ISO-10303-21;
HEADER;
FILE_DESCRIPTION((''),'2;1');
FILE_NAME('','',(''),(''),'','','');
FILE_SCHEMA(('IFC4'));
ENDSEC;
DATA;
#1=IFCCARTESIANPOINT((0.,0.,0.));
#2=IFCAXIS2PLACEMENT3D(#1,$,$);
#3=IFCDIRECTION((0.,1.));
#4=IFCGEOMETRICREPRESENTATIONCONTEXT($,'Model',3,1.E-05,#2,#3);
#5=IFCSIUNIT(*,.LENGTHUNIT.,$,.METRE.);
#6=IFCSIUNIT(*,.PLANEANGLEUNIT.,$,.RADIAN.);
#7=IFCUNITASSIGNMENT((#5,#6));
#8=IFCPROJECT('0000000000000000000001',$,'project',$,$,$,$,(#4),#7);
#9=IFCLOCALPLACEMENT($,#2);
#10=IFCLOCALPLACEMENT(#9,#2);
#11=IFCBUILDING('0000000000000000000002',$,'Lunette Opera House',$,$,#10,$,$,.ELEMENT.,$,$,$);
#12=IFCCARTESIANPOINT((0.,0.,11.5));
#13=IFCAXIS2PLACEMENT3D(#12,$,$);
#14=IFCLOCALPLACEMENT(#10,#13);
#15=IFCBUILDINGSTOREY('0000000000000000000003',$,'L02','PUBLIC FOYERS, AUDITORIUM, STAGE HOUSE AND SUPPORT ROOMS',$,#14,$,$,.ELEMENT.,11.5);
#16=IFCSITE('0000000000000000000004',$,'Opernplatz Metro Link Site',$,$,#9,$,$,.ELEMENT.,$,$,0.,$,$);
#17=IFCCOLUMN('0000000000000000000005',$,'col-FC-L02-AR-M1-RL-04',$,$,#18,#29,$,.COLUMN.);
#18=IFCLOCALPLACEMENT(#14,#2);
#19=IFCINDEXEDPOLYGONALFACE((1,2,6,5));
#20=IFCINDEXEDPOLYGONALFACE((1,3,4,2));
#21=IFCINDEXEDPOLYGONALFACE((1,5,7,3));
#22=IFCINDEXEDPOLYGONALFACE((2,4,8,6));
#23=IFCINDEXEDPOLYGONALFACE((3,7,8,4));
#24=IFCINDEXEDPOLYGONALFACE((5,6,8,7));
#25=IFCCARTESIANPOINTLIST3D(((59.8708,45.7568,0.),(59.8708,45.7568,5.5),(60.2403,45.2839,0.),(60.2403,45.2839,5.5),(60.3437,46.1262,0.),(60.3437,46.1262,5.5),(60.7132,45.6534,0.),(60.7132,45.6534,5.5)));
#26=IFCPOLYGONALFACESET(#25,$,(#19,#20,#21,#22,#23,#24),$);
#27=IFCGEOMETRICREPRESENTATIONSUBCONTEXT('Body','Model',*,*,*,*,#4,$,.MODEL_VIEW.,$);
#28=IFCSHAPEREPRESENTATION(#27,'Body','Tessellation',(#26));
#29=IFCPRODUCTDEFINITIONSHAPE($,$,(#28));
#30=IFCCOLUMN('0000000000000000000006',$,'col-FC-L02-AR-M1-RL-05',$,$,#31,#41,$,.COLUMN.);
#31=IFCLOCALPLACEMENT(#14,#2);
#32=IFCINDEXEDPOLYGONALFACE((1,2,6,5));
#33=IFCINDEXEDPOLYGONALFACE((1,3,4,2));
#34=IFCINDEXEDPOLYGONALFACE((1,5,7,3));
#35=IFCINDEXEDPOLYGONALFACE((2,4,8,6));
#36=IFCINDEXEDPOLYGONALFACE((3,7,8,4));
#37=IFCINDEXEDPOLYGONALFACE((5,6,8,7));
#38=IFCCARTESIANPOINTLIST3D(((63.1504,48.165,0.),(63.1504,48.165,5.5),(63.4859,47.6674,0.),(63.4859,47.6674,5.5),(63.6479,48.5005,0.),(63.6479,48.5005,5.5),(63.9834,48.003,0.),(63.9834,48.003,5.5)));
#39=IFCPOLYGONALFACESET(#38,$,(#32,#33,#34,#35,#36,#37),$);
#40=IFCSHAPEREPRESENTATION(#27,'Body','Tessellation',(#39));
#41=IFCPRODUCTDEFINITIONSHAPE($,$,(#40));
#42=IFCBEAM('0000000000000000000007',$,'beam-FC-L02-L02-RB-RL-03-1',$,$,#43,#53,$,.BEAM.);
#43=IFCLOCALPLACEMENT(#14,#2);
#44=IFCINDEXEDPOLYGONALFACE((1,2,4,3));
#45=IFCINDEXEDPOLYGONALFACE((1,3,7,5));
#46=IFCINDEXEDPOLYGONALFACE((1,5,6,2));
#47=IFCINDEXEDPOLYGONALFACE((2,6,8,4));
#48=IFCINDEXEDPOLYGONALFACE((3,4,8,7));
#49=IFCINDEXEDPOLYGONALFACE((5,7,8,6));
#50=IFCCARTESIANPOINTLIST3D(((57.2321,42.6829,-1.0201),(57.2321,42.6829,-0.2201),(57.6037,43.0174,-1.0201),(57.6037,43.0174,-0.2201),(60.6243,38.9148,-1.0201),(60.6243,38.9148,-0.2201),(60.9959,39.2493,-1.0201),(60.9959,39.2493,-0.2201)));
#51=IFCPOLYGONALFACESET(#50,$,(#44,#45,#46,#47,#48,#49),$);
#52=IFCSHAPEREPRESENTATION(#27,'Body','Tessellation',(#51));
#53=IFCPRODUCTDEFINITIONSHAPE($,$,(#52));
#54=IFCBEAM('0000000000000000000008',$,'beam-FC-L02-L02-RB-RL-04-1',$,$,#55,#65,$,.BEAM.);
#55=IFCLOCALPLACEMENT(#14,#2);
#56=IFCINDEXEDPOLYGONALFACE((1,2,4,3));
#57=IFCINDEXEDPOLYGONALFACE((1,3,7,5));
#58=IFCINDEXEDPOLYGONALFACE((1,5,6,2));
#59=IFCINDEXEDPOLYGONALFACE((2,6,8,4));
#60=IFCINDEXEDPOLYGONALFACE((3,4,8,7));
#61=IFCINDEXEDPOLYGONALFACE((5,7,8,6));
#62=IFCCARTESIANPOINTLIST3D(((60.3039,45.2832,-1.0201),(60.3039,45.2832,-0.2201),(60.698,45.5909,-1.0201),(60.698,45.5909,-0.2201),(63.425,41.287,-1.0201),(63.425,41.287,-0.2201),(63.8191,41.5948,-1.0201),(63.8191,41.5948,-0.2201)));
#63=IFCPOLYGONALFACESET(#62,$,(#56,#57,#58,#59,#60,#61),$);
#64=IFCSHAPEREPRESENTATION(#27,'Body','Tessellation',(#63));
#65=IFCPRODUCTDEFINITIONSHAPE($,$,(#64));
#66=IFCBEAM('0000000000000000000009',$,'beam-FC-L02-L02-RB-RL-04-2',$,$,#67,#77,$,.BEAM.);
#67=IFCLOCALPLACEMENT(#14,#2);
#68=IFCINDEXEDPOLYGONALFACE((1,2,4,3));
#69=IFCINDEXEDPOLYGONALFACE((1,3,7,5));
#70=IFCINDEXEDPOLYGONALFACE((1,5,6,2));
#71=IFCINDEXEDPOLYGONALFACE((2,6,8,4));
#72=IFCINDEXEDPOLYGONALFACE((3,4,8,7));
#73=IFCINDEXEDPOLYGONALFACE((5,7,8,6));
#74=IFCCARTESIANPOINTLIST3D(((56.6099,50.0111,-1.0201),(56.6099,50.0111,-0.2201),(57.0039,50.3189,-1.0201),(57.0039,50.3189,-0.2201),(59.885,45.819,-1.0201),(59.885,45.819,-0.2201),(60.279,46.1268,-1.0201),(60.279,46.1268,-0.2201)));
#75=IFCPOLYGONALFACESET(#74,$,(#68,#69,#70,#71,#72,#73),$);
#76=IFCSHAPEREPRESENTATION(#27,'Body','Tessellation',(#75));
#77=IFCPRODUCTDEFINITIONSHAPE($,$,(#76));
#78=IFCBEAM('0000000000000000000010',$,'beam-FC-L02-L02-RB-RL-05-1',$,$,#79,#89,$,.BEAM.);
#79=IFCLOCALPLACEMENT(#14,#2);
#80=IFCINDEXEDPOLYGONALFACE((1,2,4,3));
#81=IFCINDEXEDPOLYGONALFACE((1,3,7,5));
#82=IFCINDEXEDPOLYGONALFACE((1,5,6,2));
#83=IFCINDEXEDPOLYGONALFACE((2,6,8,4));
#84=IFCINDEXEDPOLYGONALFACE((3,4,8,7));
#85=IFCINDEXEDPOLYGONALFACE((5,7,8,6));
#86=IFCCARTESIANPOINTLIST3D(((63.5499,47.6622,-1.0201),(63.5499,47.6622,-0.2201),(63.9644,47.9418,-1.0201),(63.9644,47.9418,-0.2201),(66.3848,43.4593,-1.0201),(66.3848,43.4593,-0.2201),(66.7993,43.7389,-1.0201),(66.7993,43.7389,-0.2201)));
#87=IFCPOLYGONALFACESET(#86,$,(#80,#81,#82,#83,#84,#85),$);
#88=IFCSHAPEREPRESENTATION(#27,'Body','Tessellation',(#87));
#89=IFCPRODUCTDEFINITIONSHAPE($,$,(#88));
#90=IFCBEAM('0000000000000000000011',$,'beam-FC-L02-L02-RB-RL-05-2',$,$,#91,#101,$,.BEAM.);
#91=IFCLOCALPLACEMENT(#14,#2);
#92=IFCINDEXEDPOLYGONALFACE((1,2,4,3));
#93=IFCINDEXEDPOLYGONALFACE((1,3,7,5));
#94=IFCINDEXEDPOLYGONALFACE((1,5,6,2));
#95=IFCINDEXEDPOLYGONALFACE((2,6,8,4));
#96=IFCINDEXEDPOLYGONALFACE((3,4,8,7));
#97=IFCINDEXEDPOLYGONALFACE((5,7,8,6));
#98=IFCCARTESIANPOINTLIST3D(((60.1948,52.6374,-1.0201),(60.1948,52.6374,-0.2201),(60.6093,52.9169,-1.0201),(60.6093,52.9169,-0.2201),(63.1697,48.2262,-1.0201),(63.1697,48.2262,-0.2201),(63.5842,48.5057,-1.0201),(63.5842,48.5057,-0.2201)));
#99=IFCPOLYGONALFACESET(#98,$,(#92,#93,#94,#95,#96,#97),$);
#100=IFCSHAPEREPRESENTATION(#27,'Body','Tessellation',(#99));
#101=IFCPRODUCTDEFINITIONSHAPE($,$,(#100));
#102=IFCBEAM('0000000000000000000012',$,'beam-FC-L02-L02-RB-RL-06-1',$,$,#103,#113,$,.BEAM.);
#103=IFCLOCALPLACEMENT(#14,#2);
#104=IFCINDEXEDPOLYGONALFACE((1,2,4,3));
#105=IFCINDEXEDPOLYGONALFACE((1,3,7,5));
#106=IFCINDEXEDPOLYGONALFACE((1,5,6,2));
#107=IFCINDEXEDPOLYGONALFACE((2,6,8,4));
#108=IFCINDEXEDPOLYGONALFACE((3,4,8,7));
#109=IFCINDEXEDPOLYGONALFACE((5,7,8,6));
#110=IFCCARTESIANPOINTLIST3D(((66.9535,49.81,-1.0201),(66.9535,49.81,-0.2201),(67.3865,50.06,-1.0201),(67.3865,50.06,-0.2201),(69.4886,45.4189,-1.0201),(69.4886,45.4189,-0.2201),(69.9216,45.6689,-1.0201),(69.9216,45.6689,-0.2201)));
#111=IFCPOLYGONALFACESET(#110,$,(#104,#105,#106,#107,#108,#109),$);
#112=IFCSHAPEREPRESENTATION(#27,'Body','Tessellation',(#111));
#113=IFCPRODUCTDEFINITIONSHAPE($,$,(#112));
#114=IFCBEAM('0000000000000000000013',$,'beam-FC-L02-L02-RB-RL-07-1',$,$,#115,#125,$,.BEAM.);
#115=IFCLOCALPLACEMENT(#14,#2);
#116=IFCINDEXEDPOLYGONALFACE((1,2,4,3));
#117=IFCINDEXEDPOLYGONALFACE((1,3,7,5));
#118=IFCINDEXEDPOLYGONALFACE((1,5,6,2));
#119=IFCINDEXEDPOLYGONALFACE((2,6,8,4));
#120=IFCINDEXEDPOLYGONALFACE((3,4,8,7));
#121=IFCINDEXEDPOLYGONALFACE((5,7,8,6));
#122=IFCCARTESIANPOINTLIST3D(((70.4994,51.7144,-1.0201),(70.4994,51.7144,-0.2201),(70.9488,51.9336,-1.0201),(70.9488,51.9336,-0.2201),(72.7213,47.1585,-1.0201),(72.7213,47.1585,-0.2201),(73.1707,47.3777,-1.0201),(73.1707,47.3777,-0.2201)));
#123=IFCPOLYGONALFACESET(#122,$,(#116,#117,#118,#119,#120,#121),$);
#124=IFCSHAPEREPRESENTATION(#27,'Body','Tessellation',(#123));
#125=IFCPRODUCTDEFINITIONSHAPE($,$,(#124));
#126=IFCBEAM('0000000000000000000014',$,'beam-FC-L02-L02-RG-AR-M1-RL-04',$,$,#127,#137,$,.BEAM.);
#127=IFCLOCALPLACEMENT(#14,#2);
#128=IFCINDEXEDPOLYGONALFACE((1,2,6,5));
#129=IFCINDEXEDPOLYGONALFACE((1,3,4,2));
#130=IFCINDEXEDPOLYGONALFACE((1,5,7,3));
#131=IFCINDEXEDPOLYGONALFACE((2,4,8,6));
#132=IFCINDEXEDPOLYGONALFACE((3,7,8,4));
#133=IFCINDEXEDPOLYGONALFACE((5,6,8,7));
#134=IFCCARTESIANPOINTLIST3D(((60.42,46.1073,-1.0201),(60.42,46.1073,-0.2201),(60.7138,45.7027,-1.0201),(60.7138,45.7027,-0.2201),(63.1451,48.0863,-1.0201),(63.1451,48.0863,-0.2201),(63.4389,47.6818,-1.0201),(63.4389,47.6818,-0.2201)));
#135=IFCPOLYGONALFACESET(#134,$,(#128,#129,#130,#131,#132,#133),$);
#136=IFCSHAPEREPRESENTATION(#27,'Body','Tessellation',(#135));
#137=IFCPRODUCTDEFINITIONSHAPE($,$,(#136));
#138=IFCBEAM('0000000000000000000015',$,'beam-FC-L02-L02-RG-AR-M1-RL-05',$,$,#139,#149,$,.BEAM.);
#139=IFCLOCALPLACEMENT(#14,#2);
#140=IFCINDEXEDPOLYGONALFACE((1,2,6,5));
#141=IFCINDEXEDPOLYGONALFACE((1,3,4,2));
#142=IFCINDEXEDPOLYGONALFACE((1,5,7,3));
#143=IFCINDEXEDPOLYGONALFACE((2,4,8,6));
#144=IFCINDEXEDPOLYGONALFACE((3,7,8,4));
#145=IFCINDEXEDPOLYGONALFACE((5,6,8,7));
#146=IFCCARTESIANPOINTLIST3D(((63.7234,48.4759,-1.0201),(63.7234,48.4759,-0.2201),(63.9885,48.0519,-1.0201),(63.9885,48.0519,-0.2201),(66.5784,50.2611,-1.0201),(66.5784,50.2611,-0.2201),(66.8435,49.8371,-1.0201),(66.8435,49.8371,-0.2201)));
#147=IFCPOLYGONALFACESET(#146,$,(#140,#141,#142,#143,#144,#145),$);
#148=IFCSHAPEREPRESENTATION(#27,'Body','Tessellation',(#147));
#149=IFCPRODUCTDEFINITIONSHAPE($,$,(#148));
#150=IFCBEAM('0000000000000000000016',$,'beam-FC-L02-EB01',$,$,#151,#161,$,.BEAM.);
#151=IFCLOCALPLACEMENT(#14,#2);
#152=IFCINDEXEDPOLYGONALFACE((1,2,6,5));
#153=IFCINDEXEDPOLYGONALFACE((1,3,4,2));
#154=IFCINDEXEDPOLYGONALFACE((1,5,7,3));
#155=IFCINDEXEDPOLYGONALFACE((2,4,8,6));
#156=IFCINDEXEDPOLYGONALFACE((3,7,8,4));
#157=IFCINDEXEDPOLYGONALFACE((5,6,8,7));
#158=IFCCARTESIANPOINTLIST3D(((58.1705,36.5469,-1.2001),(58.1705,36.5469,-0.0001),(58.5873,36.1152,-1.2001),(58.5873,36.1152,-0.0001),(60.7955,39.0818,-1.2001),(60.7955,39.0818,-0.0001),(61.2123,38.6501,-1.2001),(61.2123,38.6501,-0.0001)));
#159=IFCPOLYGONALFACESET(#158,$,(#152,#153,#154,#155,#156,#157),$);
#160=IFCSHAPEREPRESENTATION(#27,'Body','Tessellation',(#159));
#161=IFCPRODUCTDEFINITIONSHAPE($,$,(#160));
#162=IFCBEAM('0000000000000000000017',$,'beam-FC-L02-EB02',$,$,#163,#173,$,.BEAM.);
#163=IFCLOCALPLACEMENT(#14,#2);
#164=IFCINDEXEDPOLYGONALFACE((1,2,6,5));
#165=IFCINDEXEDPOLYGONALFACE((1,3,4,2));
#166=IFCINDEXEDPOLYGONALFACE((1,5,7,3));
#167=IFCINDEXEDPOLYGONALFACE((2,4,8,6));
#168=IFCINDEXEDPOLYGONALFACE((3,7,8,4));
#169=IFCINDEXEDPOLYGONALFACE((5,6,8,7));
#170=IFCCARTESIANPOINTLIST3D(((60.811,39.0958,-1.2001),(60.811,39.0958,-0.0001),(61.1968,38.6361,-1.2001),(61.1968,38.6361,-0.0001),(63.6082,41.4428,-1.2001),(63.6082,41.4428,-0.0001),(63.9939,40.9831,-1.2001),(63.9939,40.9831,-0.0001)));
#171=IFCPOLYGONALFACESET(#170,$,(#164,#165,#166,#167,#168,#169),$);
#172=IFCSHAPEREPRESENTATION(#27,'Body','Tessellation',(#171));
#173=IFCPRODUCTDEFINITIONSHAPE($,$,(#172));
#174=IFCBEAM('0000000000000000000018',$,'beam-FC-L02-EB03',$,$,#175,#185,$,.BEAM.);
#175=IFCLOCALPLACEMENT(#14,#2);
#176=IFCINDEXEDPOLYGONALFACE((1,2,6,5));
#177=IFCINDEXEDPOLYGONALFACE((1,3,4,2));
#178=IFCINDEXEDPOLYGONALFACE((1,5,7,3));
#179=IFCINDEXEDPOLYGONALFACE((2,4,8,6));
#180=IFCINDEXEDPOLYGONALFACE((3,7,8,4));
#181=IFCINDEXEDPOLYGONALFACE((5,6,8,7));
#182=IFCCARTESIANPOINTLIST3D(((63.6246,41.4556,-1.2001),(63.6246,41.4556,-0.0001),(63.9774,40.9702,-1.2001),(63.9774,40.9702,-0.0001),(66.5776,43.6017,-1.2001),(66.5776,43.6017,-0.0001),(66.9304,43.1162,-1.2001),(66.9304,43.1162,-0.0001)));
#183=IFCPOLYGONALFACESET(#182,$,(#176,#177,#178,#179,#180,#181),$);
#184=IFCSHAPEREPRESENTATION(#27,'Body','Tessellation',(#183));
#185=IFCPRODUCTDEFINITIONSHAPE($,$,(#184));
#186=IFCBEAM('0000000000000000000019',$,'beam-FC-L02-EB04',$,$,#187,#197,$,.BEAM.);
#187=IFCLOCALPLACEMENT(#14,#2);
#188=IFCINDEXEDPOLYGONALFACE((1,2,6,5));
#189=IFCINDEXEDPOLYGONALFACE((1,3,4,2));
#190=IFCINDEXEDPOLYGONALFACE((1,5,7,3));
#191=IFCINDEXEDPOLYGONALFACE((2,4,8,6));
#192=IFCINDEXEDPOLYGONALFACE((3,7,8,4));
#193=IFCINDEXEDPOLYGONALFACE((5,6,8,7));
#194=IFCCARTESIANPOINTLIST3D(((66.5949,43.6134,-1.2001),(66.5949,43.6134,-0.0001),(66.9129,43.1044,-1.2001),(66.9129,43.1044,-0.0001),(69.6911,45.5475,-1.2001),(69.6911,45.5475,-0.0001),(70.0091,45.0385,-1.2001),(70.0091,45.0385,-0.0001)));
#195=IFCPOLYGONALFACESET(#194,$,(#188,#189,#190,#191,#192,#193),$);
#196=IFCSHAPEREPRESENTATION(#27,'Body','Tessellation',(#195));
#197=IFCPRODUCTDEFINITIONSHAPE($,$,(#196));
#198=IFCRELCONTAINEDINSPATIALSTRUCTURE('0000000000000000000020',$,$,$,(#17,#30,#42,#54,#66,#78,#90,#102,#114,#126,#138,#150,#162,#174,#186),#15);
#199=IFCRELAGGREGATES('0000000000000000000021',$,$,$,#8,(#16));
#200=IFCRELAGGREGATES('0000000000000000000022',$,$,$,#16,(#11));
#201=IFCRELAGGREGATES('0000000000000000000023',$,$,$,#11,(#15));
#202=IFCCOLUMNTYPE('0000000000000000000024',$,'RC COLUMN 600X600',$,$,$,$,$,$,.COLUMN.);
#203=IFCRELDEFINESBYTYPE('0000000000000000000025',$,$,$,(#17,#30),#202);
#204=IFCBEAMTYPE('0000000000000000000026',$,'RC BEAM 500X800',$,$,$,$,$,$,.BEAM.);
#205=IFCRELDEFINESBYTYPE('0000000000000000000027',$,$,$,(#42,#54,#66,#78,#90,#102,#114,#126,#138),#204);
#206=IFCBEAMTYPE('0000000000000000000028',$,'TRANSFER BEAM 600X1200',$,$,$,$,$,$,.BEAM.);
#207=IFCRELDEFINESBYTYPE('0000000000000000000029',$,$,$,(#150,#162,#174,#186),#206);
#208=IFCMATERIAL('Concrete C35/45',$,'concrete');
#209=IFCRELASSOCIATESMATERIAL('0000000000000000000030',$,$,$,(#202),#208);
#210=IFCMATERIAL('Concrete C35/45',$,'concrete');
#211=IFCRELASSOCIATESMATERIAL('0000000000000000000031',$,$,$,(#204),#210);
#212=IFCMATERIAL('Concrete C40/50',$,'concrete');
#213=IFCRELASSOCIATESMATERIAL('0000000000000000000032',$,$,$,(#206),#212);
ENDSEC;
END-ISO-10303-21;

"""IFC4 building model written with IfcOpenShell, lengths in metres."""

from ifc_helpers import new_model, si_unit, direction, frame, origin, origin_2d, place, context, subcontext, project, spatial, rectangle, extrude, material, material_profile, profile_set, type_object, element, save


model = new_model("IFC4")

# Units and contexts
model_context = context("Model", 3, precision=1e-05, world=origin(), true_north=direction((0.0, 1.0)))
body_context = subcontext(model_context, "Body", "Model", "MODEL_VIEW")
ifc_project = project(units=[si_unit("LENGTHUNIT", "METRE"), si_unit("PLANEANGLEUNIT", "RADIAN")], contexts=[model_context])

# Site, building, storey
site_placement = place(None, origin())
site = spatial("IfcSite", under=ifc_project, at=site_placement, Name="Opernplatz Metro Link Site", CompositionType="ELEMENT", RefElevation=0.0)
building_placement = place(site_placement, origin())
building = spatial("IfcBuilding", under=site, at=building_placement, Name="Lunette Opera House", CompositionType="ELEMENT")
storey_placement = place(building_placement, frame((0.0, 0.0, 11.5)))
storey = spatial("IfcBuildingStorey", under=building, at=storey_placement, Name="L02", Description="PUBLIC FOYERS, AUDITORIUM, STAGE HOUSE AND SUPPORT ROOMS", CompositionType="ELEMENT", Elevation=11.5)

# Columns
ifc_material_1 = material(Name="Concrete C35/45", Category="concrete")
ifc_material_profile_1 = material_profile(ifc_material_1, rectangle(XDim=0.6001, YDim=0.6001, at=origin_2d()), Name="RC COLUMN 600X600")
ifc_profile_set_1 = profile_set([ifc_material_profile_1], Name="Concrete C35/45")
column_type = type_object("IfcColumnType", Name="RC COLUMN 600X600", PredefinedType="COLUMN", material=ifc_profile_set_1)
for number, where, z_axis, x_axis, name in (
    (1, (60.292, 45.7051, 0.0), (0.0, 0.0, 1.0), (0.788011, 0.615661, 0.0), "col-FC-L02-AR-M1-RL-04"),
    (2, (63.5669, 48.084, 0.0), (0.0, 0.0, 1.0), (0.829038, 0.559193, 0.0), "col-FC-L02-AR-M1-RL-05"),
):
    element("IfcColumn", number, at=place(storey_placement, frame(where, z_axis=z_axis, x_axis=x_axis)), inside=storey, type_object=column_type, Name=name, PredefinedType="COLUMN", context=body_context, shape_type="SweptSolid", body=[
        extrude(rectangle(XDim=0.6001, YDim=0.6001, at=origin_2d()), origin(), (0.0, 0.0, 1.0), 5.5),
    ])

# Beams
ifc_material_2 = material(Name="Concrete C35/45", Category="concrete")
ifc_material_profile_2 = material_profile(ifc_material_2, rectangle(XDim=0.5, YDim=0.8, at=origin_2d()), Name="RC BEAM 500X800")
ifc_profile_set_2 = profile_set([ifc_material_profile_2], Name="Concrete C35/45")
beam_type_1 = type_object("IfcBeamType", Name="RC BEAM 500X800", PredefinedType="BEAM", material=ifc_profile_set_2)
beam_1_placement = place(storey_placement, frame((60.8101, 39.082, -0.6201), z_axis=(-0.669055, 0.743213, 0.0), x_axis=(-0.743213, -0.669055, 0.0)))
element("IfcBeam", 3, at=beam_1_placement, inside=storey, type_object=beam_type_1, Name="beam-FC-L02-L02-RB-RL-03-1", PredefinedType="BEAM", context=body_context, shape_type="SweptSolid", body=[
    extrude(rectangle(XDim=0.5, YDim=0.8, at=origin_2d()), origin(), (0.0, 0.0, 1.0), 5.0701),
])
beam_2_placement = place(storey_placement, frame((63.6221, 41.4409, -0.6201), z_axis=(-0.615539, 0.788106, 0.0), x_axis=(-0.788106, -0.615539, 0.0)))
element("IfcBeam", 4, at=beam_2_placement, inside=storey, type_object=beam_type_1, Name="beam-FC-L02-L02-RB-RL-04-1", PredefinedType="BEAM", context=body_context, shape_type="SweptSolid", body=[
    extrude(rectangle(XDim=0.5, YDim=0.8, at=origin_2d()), origin(), (0.0, 0.0, 1.0), 5.0706),
])
beam_3_placement = place(storey_placement, frame((60.082, 45.9729, -0.6201), z_axis=(-0.615648, 0.788021, 0.0), x_axis=(-0.788021, -0.615648, 0.0)))
element("IfcBeam", 5, at=beam_3_placement, inside=storey, type_object=beam_type_1, Name="beam-FC-L02-L02-RB-RL-04-2", PredefinedType="BEAM", context=body_context, shape_type="SweptSolid", body=[
    extrude(rectangle(XDim=0.5, YDim=0.8, at=origin_2d()), origin(), (0.0, 0.0, 1.0), 5.3198),
])
beam_4_placement = place(storey_placement, frame((66.592, 43.5991, -0.6201), z_axis=(-0.559204, 0.82903, 0.0), x_axis=(-0.82903, -0.559204, 0.0)))
element("IfcBeam", 6, at=beam_4_placement, inside=storey, type_object=beam_type_1, Name="beam-FC-L02-L02-RB-RL-05-1", PredefinedType="BEAM", context=body_context, shape_type="SweptSolid", body=[
    extrude(rectangle(XDim=0.5, YDim=0.8, at=origin_2d()), origin(), (0.0, 0.0, 1.0), 5.0696),
])
beam_5_placement = place(storey_placement, frame((63.377, 48.366, -0.6201), z_axis=(-0.559129, 0.829081, 0.0), x_axis=(-0.829081, -0.559129, 0.0)))
element("IfcBeam", 7, at=beam_5_placement, inside=storey, type_object=beam_type_1, Name="beam-FC-L02-L02-RB-RL-05-2", PredefinedType="BEAM", context=body_context, shape_type="SweptSolid", body=[
    extrude(rectangle(XDim=0.5, YDim=0.8, at=origin_2d()), origin(), (0.0, 0.0, 1.0), 5.3206),
])
beam_6_placement = place(storey_placement, frame((69.7051, 45.5439, -0.6201), z_axis=(-0.499992, 0.86603, 0.0), x_axis=(-0.86603, -0.499992, 0.0)))
element("IfcBeam", 8, at=beam_6_placement, inside=storey, type_object=beam_type_1, Name="beam-FC-L02-L02-RB-RL-06-1", PredefinedType="BEAM", context=body_context, shape_type="SweptSolid", body=[
    extrude(rectangle(XDim=0.5, YDim=0.8, at=origin_2d()), origin(), (0.0, 0.0, 1.0), 5.0703),
])
beam_7_placement = place(storey_placement, frame((72.946, 47.2681, -0.6201), z_axis=(-0.438349, 0.898805, 0.0), x_axis=(-0.898805, -0.438349, 0.0)))
element("IfcBeam", 9, at=beam_7_placement, inside=storey, type_object=beam_type_1, Name="beam-FC-L02-L02-RB-RL-07-1", PredefinedType="BEAM", context=body_context, shape_type="SweptSolid", body=[
    extrude(rectangle(XDim=0.5, YDim=0.8, at=origin_2d()), origin(), (0.0, 0.0, 1.0), 5.0688),
])
beam_8_placement = place(storey_placement, frame((60.5669, 45.905, -0.6201), z_axis=(0.809143, 0.587611, 0.0), x_axis=(-0.587611, 0.809143, 0.0)))
element("IfcBeam", 10, at=beam_8_placement, inside=storey, type_object=beam_type_1, Name="beam-FC-L02-L02-RG-AR-M1-RL-04", PredefinedType="BEAM", context=body_context, shape_type="SweptSolid", body=[
    extrude(rectangle(XDim=0.5, YDim=0.8, at=origin_2d()), origin(), (0.0, 0.0, 1.0), 3.3679),
])
beam_9_placement = place(storey_placement, frame((63.856, 48.2639, -0.6201), z_axis=(0.847892, 0.530168, 0.0), x_axis=(-0.530168, 0.847892, 0.0)))
element("IfcBeam", 11, at=beam_9_placement, inside=storey, type_object=beam_type_1, Name="beam-FC-L02-L02-RG-AR-M1-RL-05", PredefinedType="BEAM", context=body_context, shape_type="SweptSolid", body=[
    extrude(rectangle(XDim=0.5, YDim=0.8, at=origin_2d()), origin(), (0.0, 0.0, 1.0), 3.3672),
])
ifc_material_3 = material(Name="Concrete C40/50", Category="concrete")
ifc_material_profile_3 = material_profile(ifc_material_3, rectangle(XDim=0.6001, YDim=1.2, at=origin_2d()), Name="TRANSFER BEAM 600X1200")
ifc_profile_set_3 = profile_set([ifc_material_profile_3], Name="Concrete C40/50")
beam_type_2 = type_object("IfcBeamType", Name="TRANSFER BEAM 600X1200", PredefinedType="BEAM", material=ifc_profile_set_3)
beam_10_placement = place(storey_placement, frame((58.3789, 36.3311, -0.6001), z_axis=(0.719343, 0.694655, 0.0), x_axis=(-0.694655, 0.719343, 0.0)))
element("IfcBeam", 12, at=beam_10_placement, inside=storey, type_object=beam_type_2, Name="beam-FC-L02-EB01", PredefinedType="BEAM", context=body_context, shape_type="SweptSolid", body=[
    extrude(rectangle(XDim=0.6001, YDim=1.2, at=origin_2d()), origin(), (0.0, 0.0, 1.0), 3.6492),
])
beam_11_placement = place(storey_placement, frame((61.0039, 38.866, -0.6001), z_axis=(0.766063, 0.642765, 0.0), x_axis=(-0.642765, 0.766063, 0.0)))
element("IfcBeam", 13, at=beam_11_placement, inside=storey, type_object=beam_type_2, Name="beam-FC-L02-EB02", PredefinedType="BEAM", context=body_context, shape_type="SweptSolid", body=[
    extrude(rectangle(XDim=0.6001, YDim=1.2, at=origin_2d()), origin(), (0.0, 0.0, 1.0), 3.6514),
])
beam_12_placement = place(storey_placement, frame((63.801, 41.2129, -0.6001), z_axis=(0.808938, 0.587893, 0.0), x_axis=(-0.587893, 0.808938, 0.0)))
element("IfcBeam", 14, at=beam_12_placement, inside=storey, type_object=beam_type_2, Name="beam-FC-L02-EB03", PredefinedType="BEAM", context=body_context, shape_type="SweptSolid", body=[
    extrude(rectangle(XDim=0.6001, YDim=1.2, at=origin_2d()), origin(), (0.0, 0.0, 1.0), 3.6504),
])
beam_13_placement = place(storey_placement, frame((66.7539, 43.3589, -0.6001), z_axis=(0.848126, 0.529795, 0.0), x_axis=(-0.529795, 0.848126, 0.0)))
element("IfcBeam", 15, at=beam_13_placement, inside=storey, type_object=beam_type_2, Name="beam-FC-L02-EB04", PredefinedType="BEAM", context=body_context, shape_type="SweptSolid", body=[
    extrude(rectangle(XDim=0.6001, YDim=1.2, at=origin_2d()), origin(), (0.0, 0.0, 1.0), 3.6506),
])

save(model, "model.ifc")
